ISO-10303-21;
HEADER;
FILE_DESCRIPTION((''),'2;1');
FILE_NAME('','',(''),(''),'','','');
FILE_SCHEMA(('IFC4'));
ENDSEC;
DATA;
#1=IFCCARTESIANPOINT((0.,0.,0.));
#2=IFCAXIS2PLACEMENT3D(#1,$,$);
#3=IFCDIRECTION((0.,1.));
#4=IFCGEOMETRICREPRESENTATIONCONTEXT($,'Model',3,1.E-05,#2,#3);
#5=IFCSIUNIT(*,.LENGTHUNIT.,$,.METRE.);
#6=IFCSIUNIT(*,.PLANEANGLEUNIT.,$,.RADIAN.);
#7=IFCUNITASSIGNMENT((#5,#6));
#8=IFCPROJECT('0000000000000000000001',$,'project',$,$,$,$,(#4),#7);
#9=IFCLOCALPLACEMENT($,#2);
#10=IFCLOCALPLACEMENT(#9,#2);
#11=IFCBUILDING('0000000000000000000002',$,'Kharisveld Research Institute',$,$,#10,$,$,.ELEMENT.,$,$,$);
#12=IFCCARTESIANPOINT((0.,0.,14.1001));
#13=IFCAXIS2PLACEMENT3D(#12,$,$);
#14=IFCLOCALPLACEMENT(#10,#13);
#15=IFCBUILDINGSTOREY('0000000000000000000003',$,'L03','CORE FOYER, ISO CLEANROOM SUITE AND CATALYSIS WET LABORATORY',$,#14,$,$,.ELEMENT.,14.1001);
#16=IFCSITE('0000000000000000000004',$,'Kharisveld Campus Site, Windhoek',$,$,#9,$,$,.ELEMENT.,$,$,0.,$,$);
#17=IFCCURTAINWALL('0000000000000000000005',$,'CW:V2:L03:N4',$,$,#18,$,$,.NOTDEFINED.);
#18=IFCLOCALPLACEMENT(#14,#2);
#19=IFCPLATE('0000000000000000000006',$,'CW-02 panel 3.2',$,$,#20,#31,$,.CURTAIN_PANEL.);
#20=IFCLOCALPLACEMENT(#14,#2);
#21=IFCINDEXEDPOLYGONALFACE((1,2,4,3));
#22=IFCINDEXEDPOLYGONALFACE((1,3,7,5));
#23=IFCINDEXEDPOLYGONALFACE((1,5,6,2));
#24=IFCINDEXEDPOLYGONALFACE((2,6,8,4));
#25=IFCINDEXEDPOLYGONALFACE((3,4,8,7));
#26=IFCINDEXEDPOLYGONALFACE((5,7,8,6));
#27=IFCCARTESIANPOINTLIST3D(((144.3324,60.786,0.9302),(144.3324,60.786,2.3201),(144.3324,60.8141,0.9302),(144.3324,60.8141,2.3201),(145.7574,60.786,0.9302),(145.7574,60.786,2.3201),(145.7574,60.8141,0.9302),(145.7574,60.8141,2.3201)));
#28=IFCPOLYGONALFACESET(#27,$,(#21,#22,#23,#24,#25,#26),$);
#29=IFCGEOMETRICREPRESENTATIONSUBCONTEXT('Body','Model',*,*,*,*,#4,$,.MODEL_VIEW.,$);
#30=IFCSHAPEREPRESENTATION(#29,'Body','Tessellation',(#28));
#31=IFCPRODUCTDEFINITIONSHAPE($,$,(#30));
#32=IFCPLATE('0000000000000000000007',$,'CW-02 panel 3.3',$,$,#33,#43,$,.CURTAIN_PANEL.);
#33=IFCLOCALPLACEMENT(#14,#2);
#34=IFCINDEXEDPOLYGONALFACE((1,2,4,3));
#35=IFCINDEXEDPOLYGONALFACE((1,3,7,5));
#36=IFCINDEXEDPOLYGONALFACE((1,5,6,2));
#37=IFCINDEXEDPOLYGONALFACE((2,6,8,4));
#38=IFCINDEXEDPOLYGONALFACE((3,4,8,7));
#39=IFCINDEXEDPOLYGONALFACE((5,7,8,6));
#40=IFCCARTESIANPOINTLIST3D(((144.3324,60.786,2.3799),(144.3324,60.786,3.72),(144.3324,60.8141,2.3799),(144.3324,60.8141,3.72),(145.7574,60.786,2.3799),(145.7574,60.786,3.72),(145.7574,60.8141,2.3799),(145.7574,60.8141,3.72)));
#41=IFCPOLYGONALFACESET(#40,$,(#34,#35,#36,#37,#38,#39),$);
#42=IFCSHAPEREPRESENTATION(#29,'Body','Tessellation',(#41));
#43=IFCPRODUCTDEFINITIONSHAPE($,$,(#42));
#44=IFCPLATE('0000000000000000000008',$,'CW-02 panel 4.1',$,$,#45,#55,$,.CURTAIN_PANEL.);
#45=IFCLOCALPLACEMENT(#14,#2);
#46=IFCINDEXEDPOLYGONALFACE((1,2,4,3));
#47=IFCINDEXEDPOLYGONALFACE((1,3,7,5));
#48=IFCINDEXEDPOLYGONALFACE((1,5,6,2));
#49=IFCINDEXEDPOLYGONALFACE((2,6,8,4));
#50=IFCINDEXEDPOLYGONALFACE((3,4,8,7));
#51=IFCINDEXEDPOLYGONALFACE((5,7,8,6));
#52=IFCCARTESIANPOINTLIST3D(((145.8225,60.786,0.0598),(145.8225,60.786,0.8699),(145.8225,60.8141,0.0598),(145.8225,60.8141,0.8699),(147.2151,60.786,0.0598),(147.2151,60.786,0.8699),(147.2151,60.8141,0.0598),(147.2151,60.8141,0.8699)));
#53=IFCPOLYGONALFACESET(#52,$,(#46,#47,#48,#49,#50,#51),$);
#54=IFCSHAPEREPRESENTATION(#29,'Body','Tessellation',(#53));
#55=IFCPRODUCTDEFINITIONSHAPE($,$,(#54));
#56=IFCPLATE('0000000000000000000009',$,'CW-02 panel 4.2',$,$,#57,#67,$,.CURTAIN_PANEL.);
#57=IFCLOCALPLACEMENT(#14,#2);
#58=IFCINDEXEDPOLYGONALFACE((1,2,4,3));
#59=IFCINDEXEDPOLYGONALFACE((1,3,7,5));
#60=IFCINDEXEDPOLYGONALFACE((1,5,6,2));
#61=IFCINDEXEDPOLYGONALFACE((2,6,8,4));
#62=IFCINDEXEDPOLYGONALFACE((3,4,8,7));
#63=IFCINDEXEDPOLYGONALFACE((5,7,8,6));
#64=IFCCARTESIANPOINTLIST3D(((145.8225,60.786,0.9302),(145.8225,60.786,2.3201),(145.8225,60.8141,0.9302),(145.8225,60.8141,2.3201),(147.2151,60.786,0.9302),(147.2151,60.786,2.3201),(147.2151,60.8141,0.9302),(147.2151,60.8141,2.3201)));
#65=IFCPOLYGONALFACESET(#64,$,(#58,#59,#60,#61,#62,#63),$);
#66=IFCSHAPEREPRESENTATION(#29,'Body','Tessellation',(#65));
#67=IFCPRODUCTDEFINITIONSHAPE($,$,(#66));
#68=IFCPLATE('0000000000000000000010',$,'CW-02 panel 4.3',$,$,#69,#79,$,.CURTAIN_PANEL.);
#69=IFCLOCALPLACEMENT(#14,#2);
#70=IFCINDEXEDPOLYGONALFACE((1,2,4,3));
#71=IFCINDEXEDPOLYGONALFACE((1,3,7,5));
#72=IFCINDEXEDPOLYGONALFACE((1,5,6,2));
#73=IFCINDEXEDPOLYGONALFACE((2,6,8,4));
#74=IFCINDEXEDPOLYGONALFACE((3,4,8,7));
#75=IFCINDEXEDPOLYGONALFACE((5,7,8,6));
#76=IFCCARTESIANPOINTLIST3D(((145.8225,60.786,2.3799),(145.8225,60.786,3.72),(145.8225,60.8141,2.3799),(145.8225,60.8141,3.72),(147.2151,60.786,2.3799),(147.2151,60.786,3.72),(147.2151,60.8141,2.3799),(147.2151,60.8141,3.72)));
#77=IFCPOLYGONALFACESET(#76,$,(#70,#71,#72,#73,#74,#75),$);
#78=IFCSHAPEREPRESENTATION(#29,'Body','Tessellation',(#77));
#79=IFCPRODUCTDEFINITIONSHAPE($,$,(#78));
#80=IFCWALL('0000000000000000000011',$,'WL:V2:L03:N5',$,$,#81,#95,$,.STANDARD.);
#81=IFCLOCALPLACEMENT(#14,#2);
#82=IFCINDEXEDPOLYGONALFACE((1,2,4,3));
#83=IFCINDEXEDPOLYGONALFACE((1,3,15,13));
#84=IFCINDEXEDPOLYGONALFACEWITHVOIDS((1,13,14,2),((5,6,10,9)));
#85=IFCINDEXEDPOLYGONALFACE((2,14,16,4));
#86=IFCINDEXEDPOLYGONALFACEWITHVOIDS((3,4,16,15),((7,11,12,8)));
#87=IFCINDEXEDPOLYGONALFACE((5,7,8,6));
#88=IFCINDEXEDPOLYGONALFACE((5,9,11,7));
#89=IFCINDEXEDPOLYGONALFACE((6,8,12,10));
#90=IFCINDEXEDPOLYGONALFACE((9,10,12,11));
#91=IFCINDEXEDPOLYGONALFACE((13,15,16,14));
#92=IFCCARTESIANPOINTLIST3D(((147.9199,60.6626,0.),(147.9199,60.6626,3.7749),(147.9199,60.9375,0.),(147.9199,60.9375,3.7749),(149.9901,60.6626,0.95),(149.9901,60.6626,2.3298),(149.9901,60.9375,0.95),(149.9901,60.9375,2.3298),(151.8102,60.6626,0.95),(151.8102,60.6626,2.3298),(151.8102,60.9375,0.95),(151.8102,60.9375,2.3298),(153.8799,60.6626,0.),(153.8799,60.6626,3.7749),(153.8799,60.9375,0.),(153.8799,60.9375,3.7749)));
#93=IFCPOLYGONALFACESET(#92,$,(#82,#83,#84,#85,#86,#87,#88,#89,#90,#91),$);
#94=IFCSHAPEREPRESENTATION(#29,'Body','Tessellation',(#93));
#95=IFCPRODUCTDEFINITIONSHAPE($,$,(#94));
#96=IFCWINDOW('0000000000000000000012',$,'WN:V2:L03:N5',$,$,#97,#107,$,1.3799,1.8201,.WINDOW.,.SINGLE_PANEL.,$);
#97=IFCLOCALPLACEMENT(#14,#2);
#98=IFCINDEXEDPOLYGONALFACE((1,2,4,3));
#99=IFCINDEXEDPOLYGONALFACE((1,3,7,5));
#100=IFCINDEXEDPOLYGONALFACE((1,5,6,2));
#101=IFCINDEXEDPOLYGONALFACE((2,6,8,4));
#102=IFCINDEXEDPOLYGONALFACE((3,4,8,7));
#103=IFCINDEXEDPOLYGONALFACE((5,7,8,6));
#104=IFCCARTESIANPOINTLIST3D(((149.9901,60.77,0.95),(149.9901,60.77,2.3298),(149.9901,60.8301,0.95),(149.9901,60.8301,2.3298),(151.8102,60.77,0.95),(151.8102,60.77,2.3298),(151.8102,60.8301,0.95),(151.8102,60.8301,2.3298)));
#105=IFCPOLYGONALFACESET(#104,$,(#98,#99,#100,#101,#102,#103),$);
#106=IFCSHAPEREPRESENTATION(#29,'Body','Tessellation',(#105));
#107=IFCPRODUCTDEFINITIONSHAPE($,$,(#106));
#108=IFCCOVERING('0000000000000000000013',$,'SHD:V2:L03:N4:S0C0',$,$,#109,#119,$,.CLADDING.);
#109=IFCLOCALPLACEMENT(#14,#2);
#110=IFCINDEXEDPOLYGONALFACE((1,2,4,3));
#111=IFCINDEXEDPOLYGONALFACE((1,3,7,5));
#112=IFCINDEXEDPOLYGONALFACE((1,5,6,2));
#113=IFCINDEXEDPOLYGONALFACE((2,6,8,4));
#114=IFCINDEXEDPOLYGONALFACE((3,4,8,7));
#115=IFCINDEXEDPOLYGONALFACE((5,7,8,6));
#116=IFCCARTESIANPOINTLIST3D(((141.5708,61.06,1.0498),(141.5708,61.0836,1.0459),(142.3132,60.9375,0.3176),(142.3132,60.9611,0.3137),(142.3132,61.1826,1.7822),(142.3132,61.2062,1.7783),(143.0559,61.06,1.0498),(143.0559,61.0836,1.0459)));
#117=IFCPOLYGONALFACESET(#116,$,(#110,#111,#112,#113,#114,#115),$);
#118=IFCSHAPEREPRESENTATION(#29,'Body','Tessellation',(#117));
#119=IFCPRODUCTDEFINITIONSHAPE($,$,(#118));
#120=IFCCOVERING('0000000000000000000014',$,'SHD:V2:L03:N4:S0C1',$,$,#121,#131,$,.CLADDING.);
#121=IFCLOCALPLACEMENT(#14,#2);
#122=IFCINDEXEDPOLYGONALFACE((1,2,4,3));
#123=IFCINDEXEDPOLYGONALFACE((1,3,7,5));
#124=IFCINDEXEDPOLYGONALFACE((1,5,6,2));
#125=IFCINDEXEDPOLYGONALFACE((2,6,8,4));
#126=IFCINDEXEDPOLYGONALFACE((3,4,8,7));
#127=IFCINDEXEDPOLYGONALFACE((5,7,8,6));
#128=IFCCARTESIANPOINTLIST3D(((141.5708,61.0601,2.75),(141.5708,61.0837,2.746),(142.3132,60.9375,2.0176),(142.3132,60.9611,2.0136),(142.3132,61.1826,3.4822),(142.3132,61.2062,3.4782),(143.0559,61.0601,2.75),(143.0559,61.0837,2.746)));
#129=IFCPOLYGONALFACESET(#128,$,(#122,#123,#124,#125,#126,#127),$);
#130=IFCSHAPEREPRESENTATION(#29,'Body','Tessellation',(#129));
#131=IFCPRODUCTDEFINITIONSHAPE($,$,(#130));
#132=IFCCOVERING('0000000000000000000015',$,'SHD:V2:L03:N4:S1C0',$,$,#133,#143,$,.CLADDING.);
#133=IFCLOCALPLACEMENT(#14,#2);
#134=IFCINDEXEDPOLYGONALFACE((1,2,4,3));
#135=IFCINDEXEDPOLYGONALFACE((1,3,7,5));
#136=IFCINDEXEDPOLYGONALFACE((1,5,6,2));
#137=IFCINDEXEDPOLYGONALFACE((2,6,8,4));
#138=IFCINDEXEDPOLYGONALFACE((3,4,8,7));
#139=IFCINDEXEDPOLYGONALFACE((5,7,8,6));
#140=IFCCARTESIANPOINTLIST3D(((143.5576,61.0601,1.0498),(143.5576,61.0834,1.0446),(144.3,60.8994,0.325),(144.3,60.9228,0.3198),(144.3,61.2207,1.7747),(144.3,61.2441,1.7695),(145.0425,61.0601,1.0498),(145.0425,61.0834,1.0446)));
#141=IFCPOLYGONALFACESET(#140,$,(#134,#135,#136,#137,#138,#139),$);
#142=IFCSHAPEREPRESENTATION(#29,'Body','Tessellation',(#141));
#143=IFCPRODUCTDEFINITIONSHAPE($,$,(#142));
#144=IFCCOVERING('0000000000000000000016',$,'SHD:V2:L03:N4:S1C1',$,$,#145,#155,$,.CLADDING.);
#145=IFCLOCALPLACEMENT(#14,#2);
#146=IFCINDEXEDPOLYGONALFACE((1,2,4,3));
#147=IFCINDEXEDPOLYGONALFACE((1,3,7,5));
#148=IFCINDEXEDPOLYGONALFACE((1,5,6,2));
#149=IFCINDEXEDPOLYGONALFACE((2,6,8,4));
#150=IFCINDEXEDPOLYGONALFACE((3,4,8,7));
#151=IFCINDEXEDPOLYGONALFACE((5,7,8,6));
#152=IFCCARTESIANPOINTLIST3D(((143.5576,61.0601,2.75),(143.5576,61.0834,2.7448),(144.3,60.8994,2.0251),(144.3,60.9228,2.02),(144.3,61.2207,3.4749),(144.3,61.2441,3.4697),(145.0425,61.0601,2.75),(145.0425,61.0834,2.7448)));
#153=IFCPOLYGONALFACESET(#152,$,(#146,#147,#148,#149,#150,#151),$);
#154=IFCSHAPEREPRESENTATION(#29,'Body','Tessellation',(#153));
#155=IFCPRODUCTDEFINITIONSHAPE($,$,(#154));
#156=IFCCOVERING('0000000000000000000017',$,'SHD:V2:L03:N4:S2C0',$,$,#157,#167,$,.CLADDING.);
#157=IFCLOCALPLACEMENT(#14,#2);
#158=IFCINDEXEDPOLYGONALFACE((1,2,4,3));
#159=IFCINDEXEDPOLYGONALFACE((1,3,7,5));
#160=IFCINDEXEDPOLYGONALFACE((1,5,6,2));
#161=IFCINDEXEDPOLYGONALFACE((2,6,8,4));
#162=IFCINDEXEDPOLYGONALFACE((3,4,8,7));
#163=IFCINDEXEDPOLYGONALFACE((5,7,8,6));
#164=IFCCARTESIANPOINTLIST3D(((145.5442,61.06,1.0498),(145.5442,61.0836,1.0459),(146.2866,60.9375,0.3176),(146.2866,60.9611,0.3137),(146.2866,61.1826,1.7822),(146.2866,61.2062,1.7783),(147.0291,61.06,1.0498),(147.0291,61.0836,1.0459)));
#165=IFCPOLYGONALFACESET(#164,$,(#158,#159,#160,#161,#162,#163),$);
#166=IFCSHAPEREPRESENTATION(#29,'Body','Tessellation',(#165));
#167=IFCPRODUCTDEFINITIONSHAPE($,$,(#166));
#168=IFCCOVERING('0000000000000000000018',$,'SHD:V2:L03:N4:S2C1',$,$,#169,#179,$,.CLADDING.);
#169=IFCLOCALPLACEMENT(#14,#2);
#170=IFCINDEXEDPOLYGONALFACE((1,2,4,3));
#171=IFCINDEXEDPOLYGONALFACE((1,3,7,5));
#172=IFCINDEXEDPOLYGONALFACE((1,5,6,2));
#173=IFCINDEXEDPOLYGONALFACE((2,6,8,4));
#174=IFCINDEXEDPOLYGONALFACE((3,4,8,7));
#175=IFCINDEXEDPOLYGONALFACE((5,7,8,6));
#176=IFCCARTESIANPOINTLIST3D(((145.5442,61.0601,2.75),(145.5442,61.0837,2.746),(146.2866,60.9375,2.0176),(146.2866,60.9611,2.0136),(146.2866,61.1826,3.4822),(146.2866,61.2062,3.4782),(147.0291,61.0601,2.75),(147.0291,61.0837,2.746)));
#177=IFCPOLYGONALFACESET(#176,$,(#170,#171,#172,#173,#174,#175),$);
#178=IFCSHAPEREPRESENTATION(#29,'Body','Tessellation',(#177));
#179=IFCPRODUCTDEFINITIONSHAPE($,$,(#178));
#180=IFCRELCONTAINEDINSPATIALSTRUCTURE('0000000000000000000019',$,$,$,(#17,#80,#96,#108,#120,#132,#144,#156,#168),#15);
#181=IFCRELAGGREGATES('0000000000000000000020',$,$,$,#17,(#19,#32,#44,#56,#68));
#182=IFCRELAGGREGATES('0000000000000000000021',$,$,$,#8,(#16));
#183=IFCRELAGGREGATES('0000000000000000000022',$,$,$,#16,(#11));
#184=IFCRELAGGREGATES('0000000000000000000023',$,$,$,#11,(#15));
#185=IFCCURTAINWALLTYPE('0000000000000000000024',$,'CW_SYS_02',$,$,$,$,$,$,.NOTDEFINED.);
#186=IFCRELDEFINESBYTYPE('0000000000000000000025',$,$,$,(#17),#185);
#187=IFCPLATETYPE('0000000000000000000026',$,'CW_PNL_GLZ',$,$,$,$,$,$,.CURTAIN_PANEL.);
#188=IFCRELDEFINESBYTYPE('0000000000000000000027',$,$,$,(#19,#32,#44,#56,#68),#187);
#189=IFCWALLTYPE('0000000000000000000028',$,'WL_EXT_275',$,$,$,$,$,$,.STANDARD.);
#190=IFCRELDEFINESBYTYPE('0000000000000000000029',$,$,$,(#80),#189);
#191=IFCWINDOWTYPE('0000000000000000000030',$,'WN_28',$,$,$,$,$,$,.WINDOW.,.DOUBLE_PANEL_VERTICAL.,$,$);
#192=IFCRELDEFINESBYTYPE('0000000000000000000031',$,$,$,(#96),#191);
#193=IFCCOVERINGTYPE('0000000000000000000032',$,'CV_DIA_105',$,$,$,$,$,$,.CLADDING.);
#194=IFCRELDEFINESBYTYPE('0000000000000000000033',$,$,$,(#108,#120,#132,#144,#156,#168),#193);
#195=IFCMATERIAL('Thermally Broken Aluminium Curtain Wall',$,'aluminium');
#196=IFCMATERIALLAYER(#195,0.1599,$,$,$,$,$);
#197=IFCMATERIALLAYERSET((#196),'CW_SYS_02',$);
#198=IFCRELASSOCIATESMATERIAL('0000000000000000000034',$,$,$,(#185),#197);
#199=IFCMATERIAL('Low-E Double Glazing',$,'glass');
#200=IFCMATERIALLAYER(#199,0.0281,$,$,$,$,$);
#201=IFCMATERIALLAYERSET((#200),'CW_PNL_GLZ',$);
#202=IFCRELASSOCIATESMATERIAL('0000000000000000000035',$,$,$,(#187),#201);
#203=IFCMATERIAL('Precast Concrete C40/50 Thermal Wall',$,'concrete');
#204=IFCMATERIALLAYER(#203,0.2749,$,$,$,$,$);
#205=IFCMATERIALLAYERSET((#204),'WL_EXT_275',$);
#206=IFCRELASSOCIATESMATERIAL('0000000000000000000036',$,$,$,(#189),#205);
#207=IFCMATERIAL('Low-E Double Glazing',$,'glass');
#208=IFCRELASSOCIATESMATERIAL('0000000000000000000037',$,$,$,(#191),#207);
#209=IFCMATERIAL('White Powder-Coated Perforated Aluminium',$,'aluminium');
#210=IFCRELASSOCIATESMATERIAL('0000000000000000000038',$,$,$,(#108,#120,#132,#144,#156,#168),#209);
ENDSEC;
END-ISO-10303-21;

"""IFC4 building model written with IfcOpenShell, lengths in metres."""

from ifc_helpers import new_model, si_unit, direction, frame, frame_2d, origin, origin_2d, place, context, subcontext, project, spatial, polyline, rectangle, outline, extrude, material, layer, layer_set, type_object, element, fill, aggregate, save


model = new_model("IFC4")

# Units and contexts
model_context = context("Model", 3, precision=1e-05, world=origin(), true_north=direction((0.0, 1.0)))
body_context = subcontext(model_context, "Body", "Model", "MODEL_VIEW")
ifc_project = project(units=[si_unit("LENGTHUNIT", "METRE"), si_unit("PLANEANGLEUNIT", "RADIAN")], contexts=[model_context])

# Site, building, storey
site_placement = place(None, origin())
site = spatial("IfcSite", under=ifc_project, at=site_placement, Name="Kharisveld Campus Site, Windhoek", CompositionType="ELEMENT", RefElevation=0.0)
building_placement = place(site_placement, origin())
building = spatial("IfcBuilding", under=site, at=building_placement, Name="Kharisveld Research Institute", CompositionType="ELEMENT")
storey_placement = place(building_placement, frame((0.0, 0.0, 14.1001)))
storey = spatial("IfcBuildingStorey", under=building, at=storey_placement, Name="L03", Description="CORE FOYER, ISO CLEANROOM SUITE AND CATALYSIS WET LABORATORY", CompositionType="ELEMENT", Elevation=14.1001)

# Curtain wall
ifc_material_1 = material(Name="Thermally Broken Aluminium Curtain Wall", Category="aluminium")
ifc_layer_1 = layer(ifc_material_1, 0.1599)
ifc_layer_set_1 = layer_set([ifc_layer_1], Name="CW_SYS_02")
curtain_wall_type = type_object("IfcCurtainWallType", Name="CW_SYS_02", PredefinedType="NOTDEFINED", material=ifc_layer_set_1)
curtain_wall_placement = place(storey_placement, origin())
curtain_wall = element("IfcCurtainWall", 1, at=curtain_wall_placement, inside=storey, type_object=curtain_wall_type, Name="CW:V2:L03:N4", PredefinedType="NOTDEFINED")

# Plates
ifc_material_2 = material(Name="Low-E Double Glazing", Category="glass")
ifc_layer_2 = layer(ifc_material_2, 0.0281)
ifc_layer_set_2 = layer_set([ifc_layer_2], Name="CW_PNL_GLZ")
plate_type = type_object("IfcPlateType", Name="CW_PNL_GLZ", PredefinedType="CURTAIN_PANEL", material=ifc_layer_set_2)
plate_1_placement = place(storey_placement, frame((145.0449, 60.8, 0.9302), z_axis=(0.0, 0.0, 1.0), x_axis=(1.0, 0.0, 0.0)))
plate_1 = element("IfcPlate", 2, at=plate_1_placement, type_object=plate_type, Name="CW-02 panel 3.2", PredefinedType="CURTAIN_PANEL", context=body_context, shape_type="SweptSolid", body=[
    extrude(rectangle(XDim=1.425, YDim=0.0281, at=origin_2d()), origin(), (0.0, 0.0, 1.0), 1.3899),
])
plate_2_placement = place(storey_placement, frame((145.0449, 60.8, 2.3799), z_axis=(0.0, 0.0, 1.0), x_axis=(1.0, 0.0, 0.0)))
plate_2 = element("IfcPlate", 3, at=plate_2_placement, type_object=plate_type, Name="CW-02 panel 3.3", PredefinedType="CURTAIN_PANEL", context=body_context, shape_type="SweptSolid", body=[
    extrude(rectangle(XDim=1.425, YDim=0.0281, at=origin_2d()), origin(), (0.0, 0.0, 1.0), 1.3401),
])
plate_3_placement = place(storey_placement, frame((146.5188, 60.8, 0.0598), z_axis=(0.0, 0.0, 1.0), x_axis=(1.0, 0.0, 0.0)))
plate_3 = element("IfcPlate", 4, at=plate_3_placement, type_object=plate_type, Name="CW-02 panel 4.1", PredefinedType="CURTAIN_PANEL", context=body_context, shape_type="SweptSolid", body=[
    extrude(rectangle(XDim=1.3926, YDim=0.0281, at=origin_2d()), origin(), (0.0, 0.0, 1.0), 0.8101),
])
plate_4_placement = place(storey_placement, frame((146.5188, 60.8, 0.9302), z_axis=(0.0, 0.0, 1.0), x_axis=(1.0, 0.0, 0.0)))
plate_4 = element("IfcPlate", 5, at=plate_4_placement, type_object=plate_type, Name="CW-02 panel 4.2", PredefinedType="CURTAIN_PANEL", context=body_context, shape_type="SweptSolid", body=[
    extrude(rectangle(XDim=1.3926, YDim=0.0281, at=origin_2d()), origin(), (0.0, 0.0, 1.0), 1.3899),
])
plate_5_placement = place(storey_placement, frame((146.5188, 60.8, 2.3799), z_axis=(0.0, 0.0, 1.0), x_axis=(1.0, 0.0, 0.0)))
plate_5 = element("IfcPlate", 6, at=plate_5_placement, type_object=plate_type, Name="CW-02 panel 4.3", PredefinedType="CURTAIN_PANEL", context=body_context, shape_type="SweptSolid", body=[
    extrude(rectangle(XDim=1.3926, YDim=0.0281, at=origin_2d()), origin(), (0.0, 0.0, 1.0), 1.3401),
])
aggregate(curtain_wall, [plate_1, plate_2, plate_3, plate_4, plate_5])

# Wall, opening, window
ifc_material_3 = material(Name="Precast Concrete C40/50 Thermal Wall", Category="concrete")
ifc_layer_3 = layer(ifc_material_3, 0.2749)
ifc_layer_set_3 = layer_set([ifc_layer_3], Name="WL_EXT_275")
wall_type = type_object("IfcWallType", Name="WL_EXT_275", PredefinedType="STANDARD", material=ifc_layer_set_3)
wall_placement = place(storey_placement, frame((147.9199, 60.8, 0.0), z_axis=(0.0, 0.0, 1.0), x_axis=(1.0, 0.0, 0.0)))
wall = element("IfcWall", 7, at=wall_placement, inside=storey, type_object=wall_type, Name="WL:V2:L03:N5", PredefinedType="STANDARD", context=body_context, shape_type="SweptSolid", body=[
    extrude(rectangle(XDim=5.96, YDim=0.2749, at=frame_2d((2.98, 0.0))), origin(), (0.0, 0.0, 1.0), 3.7749),
])
opening_placement = place(wall_placement, frame((2.0701, 0.0, 0.95)))
opening = element("IfcOpeningElement", 8, at=opening_placement, cuts=wall, PredefinedType="OPENING", context=body_context, shape_type="SweptSolid", body=[
    extrude(rectangle(XDim=1.8201, YDim=1.3799, at=frame_2d((0.9102, 0.6899))), frame((0.0, 0.1375, 0.0), z_axis=(0.0, -1.0, 0.0), x_axis=(1.0, 0.0, 0.0)), (0.0, 0.0, 1.0), 0.2749),
])
ifc_material_4 = material(Name="Low-E Double Glazing", Category="glass")
window_type = type_object("IfcWindowType", Name="WN_28", PartitioningType="DOUBLE_PANEL_VERTICAL", PredefinedType="WINDOW", material=ifc_material_4)
window_placement = place(opening_placement, origin())
window = element("IfcWindow", 9, at=window_placement, inside=storey, type_object=window_type, Name="WN:V2:L03:N5", OverallHeight=1.3799, OverallWidth=1.8201, PartitioningType="SINGLE_PANEL", PredefinedType="WINDOW", context=body_context, shape_type="SweptSolid", body=[
    extrude(rectangle(XDim=1.8201, YDim=1.3799, at=frame_2d((0.9102, 0.6899))), frame((0.0, 0.03, 0.0), z_axis=(0.0, -1.0, 0.0), x_axis=(1.0, 0.0, 0.0)), (0.0, 0.0, 1.0), 0.0601),
])
fill(opening, window)

# Coverings
ifc_material_5 = material(Name="White Powder-Coated Perforated Aluminium", Category="aluminium")
covering_type = type_object("IfcCoveringType", Name="CV_DIA_105", PredefinedType="CLADDING")
covering_1_placement = place(storey_placement, frame((142.3132, 60.9375, 0.3176), z_axis=(0.0, -0.986283, 0.165065), x_axis=(0.707255, 0.116694, 0.697261)))
element("IfcCovering", 10, at=covering_1_placement, inside=storey, type_object=covering_type, material=ifc_material_5, Name="SHD:V2:L03:N4:S0C0", PredefinedType="CLADDING", context=body_context, shape_type="SweptSolid", body=[
    extrude(outline(polyline([(0.0, 0.0), (1.0501, 0.0), (1.0498, 1.0503), (-0.0003, 1.0499), (0.0, 0.0)])), origin(), (0.0, 0.0, -1.0), 0.0239),
])
covering_2_placement = place(storey_placement, frame((142.3132, 60.9375, 2.0176), z_axis=(0.0, -0.986283, 0.165065), x_axis=(0.70714, 0.116713, 0.697374)))
element("IfcCovering", 11, at=covering_2_placement, inside=storey, type_object=covering_type, material=ifc_material_5, Name="SHD:V2:L03:N4:S0C1", PredefinedType="CLADDING", context=body_context, shape_type="SweptSolid", body=[
    extrude(outline(polyline([(0.0, 0.0), (1.0503, 0.0), (1.05, 1.0501), (0.0001, 1.0501), (0.0, 0.0)])), origin(), (0.0, 0.0, -1.0), 0.0239),
])
for number, where, z_axis, x_axis, name in (
    (12, (144.3, 60.8994, 0.325), (0.0, -0.976311, 0.216373), (0.707102, 0.153, 0.69036), "SHD:V2:L03:N4:S1C0"),
    (13, (144.3, 60.8994, 2.0251), (0.0, -0.976311, 0.216373), (0.707102, 0.153, 0.69036), "SHD:V2:L03:N4:S1C1"),
):
    element("IfcCovering", number, at=place(storey_placement, frame(where, z_axis=z_axis, x_axis=x_axis)), inside=storey, type_object=covering_type, material=ifc_material_5, Name=name, PredefinedType="CLADDING", context=body_context, shape_type="SweptSolid", body=[
        extrude(outline(polyline([(0.0, 0.0), (1.05, 0.0), (1.05, 1.05), (0.0, 1.05), (0.0, 0.0)])), origin(), (0.0, 0.0, -1.0), 0.0239),
    ])
covering_3_placement = place(storey_placement, frame((146.2866, 60.9375, 0.3176), z_axis=(0.0, -0.986283, 0.165065), x_axis=(0.707139, 0.116714, 0.697376)))
element("IfcCovering", 14, at=covering_3_placement, inside=storey, type_object=covering_type, material=ifc_material_5, Name="SHD:V2:L03:N4:S2C0", PredefinedType="CLADDING", context=body_context, shape_type="SweptSolid", body=[
    extrude(outline(polyline([(0.0, 0.0), (1.0499, 0.0), (1.05, 1.0501), (-0.0001, 1.0499), (0.0, 0.0)])), origin(), (0.0, 0.0, -1.0), 0.0239),
])
covering_4_placement = place(storey_placement, frame((146.2866, 60.9375, 2.0176), z_axis=(0.0, -0.986283, 0.165065), x_axis=(0.707024, 0.116733, 0.697489)))
element("IfcCovering", 15, at=covering_4_placement, inside=storey, type_object=covering_type, material=ifc_material_5, Name="SHD:V2:L03:N4:S2C1", PredefinedType="CLADDING", context=body_context, shape_type="SweptSolid", body=[
    extrude(outline(polyline([(0.0, 0.0), (1.0501, 0.0), (1.0502, 1.0499), (0.0002, 1.0501), (0.0, 0.0)])), origin(), (0.0, 0.0, -1.0), 0.0239),
])

save(model, "model.ifc")
